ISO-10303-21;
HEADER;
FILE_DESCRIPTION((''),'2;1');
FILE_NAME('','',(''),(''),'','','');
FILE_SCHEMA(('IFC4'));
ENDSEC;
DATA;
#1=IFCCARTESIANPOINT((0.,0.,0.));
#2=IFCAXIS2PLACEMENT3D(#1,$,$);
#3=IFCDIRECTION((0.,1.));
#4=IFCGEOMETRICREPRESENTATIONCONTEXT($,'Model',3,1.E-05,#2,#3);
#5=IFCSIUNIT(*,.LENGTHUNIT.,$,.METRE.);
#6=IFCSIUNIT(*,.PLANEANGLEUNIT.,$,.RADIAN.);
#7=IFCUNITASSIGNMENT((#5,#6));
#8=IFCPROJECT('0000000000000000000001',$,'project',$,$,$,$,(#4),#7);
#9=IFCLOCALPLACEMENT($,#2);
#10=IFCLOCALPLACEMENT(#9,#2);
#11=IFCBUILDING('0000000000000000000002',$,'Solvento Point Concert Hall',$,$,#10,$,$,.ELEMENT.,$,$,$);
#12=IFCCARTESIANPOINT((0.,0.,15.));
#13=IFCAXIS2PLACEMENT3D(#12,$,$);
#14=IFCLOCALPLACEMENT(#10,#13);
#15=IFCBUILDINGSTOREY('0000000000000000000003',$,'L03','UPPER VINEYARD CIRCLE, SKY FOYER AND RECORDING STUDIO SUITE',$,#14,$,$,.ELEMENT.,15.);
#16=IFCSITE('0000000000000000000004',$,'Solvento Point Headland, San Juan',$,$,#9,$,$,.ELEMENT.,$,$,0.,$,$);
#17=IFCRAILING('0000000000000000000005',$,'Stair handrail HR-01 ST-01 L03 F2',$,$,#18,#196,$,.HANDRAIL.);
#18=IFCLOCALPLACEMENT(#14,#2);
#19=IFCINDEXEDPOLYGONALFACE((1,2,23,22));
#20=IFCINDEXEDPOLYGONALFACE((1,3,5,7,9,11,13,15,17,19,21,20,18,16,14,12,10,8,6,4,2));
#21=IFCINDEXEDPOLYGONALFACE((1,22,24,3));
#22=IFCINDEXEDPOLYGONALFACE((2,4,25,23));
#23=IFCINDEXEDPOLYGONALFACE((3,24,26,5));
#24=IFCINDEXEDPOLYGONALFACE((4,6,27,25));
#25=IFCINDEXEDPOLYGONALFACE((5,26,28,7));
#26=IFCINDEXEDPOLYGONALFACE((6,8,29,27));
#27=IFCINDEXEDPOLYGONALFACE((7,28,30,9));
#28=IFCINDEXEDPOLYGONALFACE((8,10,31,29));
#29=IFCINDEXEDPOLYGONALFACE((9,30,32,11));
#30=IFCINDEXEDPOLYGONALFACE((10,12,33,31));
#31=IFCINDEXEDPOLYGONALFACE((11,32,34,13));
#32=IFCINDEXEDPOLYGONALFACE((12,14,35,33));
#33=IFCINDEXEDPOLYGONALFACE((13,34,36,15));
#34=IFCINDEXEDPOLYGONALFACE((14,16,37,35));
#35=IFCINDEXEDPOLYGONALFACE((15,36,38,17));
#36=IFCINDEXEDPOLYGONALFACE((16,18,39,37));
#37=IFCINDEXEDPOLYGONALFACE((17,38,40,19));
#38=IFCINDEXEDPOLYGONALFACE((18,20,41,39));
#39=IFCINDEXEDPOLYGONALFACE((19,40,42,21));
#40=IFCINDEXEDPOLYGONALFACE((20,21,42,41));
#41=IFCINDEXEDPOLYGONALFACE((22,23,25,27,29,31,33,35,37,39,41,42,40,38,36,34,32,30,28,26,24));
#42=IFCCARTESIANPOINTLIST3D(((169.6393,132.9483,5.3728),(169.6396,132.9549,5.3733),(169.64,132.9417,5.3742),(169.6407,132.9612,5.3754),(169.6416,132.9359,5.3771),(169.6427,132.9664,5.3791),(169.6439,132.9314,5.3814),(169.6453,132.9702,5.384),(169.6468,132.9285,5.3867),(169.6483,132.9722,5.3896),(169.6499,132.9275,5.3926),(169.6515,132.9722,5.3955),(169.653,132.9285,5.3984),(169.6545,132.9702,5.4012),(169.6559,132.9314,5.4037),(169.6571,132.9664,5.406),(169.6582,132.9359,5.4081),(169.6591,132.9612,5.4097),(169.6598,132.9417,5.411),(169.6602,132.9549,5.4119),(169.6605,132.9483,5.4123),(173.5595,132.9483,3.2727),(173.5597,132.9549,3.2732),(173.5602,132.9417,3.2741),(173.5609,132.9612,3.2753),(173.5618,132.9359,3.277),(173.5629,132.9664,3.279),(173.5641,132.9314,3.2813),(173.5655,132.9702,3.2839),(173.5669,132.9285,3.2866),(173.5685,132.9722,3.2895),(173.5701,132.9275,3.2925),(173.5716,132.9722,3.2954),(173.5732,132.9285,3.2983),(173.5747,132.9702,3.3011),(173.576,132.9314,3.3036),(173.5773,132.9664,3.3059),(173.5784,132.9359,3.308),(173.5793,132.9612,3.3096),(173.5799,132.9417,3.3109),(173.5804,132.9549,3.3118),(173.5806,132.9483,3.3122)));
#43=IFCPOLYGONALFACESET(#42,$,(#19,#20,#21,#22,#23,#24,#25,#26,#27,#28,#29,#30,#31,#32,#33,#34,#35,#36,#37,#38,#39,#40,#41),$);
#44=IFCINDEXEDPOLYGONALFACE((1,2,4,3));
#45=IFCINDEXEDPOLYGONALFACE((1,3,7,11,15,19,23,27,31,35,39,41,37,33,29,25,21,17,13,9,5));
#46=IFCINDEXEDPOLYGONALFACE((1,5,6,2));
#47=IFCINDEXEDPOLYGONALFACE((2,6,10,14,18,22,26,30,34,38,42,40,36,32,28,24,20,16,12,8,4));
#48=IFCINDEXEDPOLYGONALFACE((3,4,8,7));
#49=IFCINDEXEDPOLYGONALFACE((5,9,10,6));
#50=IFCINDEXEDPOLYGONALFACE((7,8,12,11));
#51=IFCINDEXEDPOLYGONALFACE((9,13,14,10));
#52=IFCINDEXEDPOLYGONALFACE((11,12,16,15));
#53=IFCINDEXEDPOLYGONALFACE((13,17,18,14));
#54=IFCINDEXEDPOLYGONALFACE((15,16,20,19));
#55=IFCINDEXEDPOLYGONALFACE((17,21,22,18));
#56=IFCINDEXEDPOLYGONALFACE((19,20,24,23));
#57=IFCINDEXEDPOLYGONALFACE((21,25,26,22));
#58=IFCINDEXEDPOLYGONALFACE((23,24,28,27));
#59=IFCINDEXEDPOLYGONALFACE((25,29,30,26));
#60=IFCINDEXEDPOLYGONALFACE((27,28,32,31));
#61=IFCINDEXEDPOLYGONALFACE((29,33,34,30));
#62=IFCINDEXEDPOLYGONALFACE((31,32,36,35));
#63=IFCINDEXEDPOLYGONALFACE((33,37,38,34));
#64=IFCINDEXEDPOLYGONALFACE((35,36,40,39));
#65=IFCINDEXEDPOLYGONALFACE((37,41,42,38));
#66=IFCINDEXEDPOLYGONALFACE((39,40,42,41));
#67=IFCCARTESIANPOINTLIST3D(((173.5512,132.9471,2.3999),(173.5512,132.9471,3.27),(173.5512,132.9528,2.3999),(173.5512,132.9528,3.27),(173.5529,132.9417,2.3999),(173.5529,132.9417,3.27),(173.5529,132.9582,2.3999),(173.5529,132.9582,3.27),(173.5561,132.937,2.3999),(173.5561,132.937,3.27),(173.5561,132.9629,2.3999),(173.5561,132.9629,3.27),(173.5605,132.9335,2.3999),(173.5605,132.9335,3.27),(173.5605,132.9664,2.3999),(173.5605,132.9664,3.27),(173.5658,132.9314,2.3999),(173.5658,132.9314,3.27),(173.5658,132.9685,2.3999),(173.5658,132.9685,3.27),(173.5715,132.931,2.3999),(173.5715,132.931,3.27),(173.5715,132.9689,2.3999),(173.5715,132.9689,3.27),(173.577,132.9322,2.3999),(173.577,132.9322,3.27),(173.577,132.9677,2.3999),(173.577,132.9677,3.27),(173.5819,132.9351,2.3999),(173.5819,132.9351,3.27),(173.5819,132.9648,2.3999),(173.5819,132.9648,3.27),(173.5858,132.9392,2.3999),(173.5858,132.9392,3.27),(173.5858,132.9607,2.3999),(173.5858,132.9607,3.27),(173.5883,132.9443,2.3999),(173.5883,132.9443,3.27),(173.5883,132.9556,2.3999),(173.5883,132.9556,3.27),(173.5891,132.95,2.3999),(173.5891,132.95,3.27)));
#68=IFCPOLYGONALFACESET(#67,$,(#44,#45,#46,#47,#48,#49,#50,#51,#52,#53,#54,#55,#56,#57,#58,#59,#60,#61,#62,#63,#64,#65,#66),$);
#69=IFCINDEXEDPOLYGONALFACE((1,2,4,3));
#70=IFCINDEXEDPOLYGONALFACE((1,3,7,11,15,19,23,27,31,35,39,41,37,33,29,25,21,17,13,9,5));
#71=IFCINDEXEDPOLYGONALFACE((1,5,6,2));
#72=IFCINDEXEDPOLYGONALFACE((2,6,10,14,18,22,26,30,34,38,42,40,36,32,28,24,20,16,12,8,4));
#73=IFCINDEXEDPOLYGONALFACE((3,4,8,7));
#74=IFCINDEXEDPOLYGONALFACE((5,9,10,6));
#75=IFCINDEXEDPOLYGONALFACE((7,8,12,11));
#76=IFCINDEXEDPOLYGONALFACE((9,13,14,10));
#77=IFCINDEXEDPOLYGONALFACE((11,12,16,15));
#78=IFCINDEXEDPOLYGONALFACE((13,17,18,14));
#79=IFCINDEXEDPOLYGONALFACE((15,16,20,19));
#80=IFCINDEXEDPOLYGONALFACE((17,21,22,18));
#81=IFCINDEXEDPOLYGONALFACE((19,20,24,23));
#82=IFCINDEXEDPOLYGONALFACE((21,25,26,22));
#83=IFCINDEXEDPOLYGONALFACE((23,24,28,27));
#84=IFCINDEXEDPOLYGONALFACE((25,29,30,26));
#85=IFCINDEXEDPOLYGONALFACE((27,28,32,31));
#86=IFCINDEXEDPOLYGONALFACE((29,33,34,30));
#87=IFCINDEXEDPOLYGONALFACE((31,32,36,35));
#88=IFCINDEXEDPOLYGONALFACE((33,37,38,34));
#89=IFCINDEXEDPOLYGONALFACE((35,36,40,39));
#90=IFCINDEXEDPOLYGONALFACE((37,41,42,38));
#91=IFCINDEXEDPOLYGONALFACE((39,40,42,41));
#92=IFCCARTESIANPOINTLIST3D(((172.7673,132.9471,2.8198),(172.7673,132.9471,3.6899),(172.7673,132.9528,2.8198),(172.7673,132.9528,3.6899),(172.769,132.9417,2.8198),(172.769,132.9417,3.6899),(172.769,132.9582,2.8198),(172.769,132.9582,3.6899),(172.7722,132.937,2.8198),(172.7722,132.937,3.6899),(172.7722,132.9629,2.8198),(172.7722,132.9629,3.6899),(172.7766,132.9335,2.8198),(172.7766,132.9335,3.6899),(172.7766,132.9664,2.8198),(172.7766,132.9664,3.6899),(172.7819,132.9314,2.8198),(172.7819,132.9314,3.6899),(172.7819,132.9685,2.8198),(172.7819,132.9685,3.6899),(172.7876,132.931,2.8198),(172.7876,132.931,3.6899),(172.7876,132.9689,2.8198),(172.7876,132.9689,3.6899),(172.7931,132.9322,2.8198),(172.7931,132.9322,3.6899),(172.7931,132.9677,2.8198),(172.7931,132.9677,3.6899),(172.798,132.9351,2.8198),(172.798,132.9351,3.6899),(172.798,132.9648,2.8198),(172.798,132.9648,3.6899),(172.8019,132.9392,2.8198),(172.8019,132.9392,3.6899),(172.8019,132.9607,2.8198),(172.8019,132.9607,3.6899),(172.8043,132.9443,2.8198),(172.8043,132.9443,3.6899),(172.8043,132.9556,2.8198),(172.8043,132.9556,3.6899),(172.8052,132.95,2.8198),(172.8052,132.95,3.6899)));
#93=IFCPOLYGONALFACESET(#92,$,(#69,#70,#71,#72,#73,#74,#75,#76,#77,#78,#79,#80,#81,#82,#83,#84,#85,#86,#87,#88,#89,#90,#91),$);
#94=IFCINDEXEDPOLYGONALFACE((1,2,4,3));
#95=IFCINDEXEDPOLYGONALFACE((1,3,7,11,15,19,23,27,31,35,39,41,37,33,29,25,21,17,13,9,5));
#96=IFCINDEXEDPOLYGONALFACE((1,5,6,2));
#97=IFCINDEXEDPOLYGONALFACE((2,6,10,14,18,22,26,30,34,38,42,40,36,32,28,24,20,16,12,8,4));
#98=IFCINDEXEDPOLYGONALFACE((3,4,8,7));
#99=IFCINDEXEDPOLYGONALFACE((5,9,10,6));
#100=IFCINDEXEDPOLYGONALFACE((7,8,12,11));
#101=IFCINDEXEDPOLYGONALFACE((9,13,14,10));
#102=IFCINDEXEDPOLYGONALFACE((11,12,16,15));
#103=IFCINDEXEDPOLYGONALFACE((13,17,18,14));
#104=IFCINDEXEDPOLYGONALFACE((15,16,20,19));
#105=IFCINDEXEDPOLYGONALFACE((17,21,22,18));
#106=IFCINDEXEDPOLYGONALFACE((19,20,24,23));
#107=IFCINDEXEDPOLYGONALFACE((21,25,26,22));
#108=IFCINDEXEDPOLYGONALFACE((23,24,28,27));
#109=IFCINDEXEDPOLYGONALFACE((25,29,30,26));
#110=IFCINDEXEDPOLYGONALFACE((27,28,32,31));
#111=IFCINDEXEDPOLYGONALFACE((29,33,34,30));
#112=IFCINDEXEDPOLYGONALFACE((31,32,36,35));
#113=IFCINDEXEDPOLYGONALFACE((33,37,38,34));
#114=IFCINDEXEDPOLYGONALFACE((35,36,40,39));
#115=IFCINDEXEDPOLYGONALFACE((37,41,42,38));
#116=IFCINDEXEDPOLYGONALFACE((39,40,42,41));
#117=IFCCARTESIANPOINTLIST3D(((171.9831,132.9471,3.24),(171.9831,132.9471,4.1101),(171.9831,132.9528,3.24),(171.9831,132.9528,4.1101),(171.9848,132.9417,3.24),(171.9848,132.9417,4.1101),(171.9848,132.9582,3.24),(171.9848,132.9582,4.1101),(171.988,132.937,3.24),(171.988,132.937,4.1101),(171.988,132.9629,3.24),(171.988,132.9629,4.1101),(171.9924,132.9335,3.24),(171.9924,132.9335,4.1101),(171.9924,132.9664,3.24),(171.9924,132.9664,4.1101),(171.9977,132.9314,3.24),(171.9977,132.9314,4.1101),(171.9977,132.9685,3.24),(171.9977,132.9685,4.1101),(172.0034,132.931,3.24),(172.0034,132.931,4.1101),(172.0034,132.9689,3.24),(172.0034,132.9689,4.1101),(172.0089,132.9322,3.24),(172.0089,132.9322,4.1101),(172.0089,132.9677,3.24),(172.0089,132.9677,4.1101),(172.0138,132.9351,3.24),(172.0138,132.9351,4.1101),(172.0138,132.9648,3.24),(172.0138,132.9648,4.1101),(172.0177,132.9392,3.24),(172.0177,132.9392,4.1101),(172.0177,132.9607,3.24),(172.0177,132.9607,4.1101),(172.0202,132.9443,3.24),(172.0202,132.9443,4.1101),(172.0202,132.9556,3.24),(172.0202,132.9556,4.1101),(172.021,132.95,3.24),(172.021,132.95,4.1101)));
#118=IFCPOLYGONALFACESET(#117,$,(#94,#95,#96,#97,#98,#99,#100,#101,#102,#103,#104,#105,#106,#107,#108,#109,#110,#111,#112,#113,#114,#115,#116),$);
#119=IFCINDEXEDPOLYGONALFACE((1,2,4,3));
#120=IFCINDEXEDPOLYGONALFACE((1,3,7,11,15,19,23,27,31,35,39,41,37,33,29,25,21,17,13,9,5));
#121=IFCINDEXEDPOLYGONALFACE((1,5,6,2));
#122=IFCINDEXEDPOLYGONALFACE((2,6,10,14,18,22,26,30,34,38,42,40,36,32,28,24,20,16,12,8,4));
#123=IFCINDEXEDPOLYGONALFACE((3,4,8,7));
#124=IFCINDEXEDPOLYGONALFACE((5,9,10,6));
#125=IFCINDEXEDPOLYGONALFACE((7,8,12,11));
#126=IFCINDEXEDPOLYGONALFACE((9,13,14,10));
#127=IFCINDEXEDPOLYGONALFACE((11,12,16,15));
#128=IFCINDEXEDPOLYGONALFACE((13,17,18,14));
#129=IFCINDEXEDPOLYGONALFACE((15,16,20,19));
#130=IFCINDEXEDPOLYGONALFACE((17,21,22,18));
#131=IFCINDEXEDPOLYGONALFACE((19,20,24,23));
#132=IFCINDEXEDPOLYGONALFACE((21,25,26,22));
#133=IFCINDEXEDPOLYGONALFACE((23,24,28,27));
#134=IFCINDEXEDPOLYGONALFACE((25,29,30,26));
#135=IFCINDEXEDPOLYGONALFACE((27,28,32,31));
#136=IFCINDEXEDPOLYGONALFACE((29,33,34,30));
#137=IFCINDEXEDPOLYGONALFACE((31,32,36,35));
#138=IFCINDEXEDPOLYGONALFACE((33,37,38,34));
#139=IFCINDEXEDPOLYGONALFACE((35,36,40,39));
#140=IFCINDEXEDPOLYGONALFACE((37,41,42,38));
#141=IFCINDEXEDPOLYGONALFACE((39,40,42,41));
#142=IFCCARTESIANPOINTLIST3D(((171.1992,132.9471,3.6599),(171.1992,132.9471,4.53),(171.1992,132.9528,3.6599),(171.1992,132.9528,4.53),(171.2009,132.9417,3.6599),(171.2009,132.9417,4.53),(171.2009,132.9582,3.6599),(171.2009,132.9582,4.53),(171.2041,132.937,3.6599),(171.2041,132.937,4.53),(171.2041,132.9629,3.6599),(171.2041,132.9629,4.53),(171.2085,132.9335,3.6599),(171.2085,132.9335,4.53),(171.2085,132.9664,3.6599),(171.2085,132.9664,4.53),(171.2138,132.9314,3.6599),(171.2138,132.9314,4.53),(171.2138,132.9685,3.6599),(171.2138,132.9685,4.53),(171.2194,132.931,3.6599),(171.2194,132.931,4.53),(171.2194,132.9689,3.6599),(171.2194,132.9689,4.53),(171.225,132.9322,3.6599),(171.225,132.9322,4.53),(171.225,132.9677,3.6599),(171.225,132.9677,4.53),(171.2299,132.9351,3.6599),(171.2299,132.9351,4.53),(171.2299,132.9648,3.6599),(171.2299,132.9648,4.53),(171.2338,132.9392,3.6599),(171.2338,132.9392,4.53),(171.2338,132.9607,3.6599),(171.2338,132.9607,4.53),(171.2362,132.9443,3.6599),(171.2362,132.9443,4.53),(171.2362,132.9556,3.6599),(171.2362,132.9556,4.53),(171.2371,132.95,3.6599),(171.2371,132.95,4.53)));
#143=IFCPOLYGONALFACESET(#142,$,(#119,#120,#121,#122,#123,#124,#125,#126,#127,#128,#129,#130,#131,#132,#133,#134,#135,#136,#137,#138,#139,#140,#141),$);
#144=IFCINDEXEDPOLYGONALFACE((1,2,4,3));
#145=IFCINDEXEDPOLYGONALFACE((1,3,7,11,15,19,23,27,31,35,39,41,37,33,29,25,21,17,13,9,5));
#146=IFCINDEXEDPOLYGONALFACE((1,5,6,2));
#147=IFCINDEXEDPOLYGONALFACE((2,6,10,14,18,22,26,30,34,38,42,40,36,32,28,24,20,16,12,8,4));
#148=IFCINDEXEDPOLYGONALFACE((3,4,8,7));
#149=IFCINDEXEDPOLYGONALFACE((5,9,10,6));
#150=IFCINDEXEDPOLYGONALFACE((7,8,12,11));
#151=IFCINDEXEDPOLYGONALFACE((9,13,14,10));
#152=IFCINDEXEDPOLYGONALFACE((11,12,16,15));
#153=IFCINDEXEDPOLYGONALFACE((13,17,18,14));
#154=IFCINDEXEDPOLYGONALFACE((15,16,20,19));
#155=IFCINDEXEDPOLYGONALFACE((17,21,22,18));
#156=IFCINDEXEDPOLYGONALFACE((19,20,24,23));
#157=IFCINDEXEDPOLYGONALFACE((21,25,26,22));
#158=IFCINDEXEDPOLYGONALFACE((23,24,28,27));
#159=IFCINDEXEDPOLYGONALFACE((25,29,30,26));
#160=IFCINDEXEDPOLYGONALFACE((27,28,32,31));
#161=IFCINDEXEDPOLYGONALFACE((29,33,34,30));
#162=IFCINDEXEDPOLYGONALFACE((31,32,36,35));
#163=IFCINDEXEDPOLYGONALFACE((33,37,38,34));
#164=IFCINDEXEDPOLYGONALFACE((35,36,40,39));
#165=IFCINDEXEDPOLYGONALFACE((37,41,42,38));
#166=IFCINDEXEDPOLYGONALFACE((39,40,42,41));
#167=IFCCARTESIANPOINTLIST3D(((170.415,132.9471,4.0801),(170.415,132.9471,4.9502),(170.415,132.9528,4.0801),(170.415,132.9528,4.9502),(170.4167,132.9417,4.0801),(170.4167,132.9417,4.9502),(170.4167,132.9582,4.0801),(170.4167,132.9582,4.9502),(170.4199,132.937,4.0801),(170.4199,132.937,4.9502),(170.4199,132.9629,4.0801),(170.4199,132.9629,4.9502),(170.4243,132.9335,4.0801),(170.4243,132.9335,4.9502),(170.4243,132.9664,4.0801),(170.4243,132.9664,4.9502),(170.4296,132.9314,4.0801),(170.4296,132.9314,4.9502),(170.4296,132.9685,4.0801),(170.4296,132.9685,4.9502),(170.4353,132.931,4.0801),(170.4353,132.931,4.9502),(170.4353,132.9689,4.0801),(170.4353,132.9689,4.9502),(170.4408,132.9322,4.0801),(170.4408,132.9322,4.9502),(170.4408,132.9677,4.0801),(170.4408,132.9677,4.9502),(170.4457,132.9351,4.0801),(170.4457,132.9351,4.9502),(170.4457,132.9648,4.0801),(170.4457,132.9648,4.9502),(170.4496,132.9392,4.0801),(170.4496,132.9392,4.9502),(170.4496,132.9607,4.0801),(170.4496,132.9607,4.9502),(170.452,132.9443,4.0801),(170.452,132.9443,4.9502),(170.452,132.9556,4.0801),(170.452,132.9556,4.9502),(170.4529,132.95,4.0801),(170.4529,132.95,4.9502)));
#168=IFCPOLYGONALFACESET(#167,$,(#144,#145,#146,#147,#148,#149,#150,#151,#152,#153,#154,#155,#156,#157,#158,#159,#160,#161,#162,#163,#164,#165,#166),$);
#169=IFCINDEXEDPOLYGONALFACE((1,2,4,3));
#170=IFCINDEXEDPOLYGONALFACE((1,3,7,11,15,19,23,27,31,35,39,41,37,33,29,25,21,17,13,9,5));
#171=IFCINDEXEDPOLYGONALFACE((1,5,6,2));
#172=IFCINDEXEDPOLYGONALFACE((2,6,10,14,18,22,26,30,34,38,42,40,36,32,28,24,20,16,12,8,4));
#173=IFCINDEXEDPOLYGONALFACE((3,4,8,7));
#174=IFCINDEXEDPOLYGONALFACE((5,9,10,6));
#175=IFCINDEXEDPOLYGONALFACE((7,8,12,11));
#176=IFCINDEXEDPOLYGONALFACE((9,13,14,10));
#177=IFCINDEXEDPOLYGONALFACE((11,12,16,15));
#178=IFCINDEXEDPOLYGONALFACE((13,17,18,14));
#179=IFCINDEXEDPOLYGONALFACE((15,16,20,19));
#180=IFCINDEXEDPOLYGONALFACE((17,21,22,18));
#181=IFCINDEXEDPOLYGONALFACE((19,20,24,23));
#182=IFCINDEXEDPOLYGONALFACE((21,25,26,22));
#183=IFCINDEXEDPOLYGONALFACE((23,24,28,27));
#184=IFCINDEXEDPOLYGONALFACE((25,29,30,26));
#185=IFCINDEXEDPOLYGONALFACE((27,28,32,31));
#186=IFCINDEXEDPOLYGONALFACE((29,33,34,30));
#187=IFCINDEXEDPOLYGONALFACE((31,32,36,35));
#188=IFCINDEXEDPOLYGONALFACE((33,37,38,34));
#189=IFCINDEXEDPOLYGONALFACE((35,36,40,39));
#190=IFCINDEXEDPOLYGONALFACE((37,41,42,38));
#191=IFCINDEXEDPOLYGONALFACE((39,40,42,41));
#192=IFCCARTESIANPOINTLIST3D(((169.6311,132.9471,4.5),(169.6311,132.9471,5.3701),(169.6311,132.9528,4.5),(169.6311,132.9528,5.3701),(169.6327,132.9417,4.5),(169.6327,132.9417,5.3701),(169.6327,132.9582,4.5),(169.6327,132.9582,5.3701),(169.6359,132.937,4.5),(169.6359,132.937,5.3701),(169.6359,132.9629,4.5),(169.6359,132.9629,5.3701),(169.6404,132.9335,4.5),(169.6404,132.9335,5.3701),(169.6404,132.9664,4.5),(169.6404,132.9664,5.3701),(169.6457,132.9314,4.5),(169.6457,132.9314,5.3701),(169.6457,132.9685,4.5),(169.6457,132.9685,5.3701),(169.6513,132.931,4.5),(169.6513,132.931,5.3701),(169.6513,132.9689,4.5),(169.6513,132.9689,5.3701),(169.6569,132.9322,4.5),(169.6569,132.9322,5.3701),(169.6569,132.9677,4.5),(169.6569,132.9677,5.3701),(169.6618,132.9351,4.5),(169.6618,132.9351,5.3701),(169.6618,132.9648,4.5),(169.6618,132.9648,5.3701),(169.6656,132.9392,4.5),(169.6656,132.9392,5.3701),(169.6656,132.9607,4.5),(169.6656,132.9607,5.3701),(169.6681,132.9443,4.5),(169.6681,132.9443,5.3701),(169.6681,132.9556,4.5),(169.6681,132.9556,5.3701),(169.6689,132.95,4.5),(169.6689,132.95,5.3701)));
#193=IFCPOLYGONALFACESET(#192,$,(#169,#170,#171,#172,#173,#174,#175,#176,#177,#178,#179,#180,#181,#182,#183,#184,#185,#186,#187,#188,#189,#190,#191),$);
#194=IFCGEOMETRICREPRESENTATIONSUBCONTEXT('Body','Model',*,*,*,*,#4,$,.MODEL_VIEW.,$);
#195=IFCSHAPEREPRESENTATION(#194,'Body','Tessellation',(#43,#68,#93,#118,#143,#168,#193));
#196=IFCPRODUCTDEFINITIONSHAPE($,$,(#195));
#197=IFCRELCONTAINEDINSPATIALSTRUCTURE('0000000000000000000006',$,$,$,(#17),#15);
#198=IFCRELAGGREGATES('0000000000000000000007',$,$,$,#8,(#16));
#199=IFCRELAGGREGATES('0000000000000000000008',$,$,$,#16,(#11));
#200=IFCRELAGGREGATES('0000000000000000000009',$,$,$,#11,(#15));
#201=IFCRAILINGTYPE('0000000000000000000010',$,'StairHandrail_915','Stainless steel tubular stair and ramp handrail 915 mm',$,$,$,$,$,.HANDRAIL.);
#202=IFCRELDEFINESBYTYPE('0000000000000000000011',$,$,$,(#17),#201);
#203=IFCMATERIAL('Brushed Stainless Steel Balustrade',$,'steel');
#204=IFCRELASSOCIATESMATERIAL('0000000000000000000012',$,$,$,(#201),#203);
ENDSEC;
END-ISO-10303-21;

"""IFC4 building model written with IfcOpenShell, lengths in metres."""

from ifc_helpers import new_model, si_unit, direction, frame, origin, origin_2d, place, context, subcontext, project, spatial, circle, extrude, material, type_object, element, save


model = new_model("IFC4")

# Units and contexts
model_context = context("Model", 3, precision=1e-05, world=origin(), true_north=direction((0.0, 1.0)))
body_context = subcontext(model_context, "Body", "Model", "MODEL_VIEW")
ifc_project = project(units=[si_unit("LENGTHUNIT", "METRE"), si_unit("PLANEANGLEUNIT", "RADIAN")], contexts=[model_context])

# Site, building, storey
site_placement = place(None, origin())
site = spatial("IfcSite", under=ifc_project, at=site_placement, Name="Solvento Point Headland, San Juan", CompositionType="ELEMENT", RefElevation=0.0)
building_placement = place(site_placement, origin())
building = spatial("IfcBuilding", under=site, at=building_placement, Name="Solvento Point Concert Hall", CompositionType="ELEMENT")
storey_placement = place(building_placement, frame((0.0, 0.0, 15.0)))
storey = spatial("IfcBuildingStorey", under=building, at=storey_placement, Name="L03", Description="UPPER VINEYARD CIRCLE, SKY FOYER AND RECORDING STUDIO SUITE", CompositionType="ELEMENT", Elevation=15.0)

# Railing
ifc_material_1 = material(Name="Brushed Stainless Steel Balustrade", Category="steel")
railing_type_1 = type_object("IfcRailingType", Name="StairHandrail_915", Description="Stainless steel tubular stair and ramp handrail 915 mm", PredefinedType="HANDRAIL", material=ifc_material_1)
railing_1_placement = place(storey_placement, frame((173.5701, 132.95, 2.3999)))
element("IfcRailing", 1, at=railing_1_placement, inside=storey, type_object=railing_type_1, Name="Stair handrail HR-01 ST-01 L03 F2", PredefinedType="HANDRAIL", context=body_context, shape_type="SweptSolid", body=[
    extrude(circle(Radius=0.0225, at=origin_2d()), frame((0.0, 0.0, 0.8926), z_axis=(-0.881479, 0.0, 0.472223), x_axis=(0.0, -1.0, 0.0)), (0.0, 0.0, 1.0), 4.4473),
    extrude(circle(Radius=0.019, at=origin_2d()), origin(), (0.0, 0.0, 1.0), 0.8701),
    extrude(circle(Radius=0.019, at=origin_2d()), frame((-0.7839, 0.0, 0.4199)), (0.0, 0.0, 1.0), 0.8701),
    extrude(circle(Radius=0.019, at=origin_2d()), frame((-1.5681, 0.0, 0.8401)), (0.0, 0.0, 1.0), 0.8701),
    extrude(circle(Radius=0.019, at=origin_2d()), frame((-2.3521, 0.0, 1.26)), (0.0, 0.0, 1.0), 0.8701),
    extrude(circle(Radius=0.019, at=origin_2d()), frame((-3.1362, 0.0, 1.6802)), (0.0, 0.0, 1.0), 0.8701),
    extrude(circle(Radius=0.019, at=origin_2d()), frame((-3.9202, 0.0, 2.1001)), (0.0, 0.0, 1.0), 0.8701),
])

save(model, "model.ifc")
